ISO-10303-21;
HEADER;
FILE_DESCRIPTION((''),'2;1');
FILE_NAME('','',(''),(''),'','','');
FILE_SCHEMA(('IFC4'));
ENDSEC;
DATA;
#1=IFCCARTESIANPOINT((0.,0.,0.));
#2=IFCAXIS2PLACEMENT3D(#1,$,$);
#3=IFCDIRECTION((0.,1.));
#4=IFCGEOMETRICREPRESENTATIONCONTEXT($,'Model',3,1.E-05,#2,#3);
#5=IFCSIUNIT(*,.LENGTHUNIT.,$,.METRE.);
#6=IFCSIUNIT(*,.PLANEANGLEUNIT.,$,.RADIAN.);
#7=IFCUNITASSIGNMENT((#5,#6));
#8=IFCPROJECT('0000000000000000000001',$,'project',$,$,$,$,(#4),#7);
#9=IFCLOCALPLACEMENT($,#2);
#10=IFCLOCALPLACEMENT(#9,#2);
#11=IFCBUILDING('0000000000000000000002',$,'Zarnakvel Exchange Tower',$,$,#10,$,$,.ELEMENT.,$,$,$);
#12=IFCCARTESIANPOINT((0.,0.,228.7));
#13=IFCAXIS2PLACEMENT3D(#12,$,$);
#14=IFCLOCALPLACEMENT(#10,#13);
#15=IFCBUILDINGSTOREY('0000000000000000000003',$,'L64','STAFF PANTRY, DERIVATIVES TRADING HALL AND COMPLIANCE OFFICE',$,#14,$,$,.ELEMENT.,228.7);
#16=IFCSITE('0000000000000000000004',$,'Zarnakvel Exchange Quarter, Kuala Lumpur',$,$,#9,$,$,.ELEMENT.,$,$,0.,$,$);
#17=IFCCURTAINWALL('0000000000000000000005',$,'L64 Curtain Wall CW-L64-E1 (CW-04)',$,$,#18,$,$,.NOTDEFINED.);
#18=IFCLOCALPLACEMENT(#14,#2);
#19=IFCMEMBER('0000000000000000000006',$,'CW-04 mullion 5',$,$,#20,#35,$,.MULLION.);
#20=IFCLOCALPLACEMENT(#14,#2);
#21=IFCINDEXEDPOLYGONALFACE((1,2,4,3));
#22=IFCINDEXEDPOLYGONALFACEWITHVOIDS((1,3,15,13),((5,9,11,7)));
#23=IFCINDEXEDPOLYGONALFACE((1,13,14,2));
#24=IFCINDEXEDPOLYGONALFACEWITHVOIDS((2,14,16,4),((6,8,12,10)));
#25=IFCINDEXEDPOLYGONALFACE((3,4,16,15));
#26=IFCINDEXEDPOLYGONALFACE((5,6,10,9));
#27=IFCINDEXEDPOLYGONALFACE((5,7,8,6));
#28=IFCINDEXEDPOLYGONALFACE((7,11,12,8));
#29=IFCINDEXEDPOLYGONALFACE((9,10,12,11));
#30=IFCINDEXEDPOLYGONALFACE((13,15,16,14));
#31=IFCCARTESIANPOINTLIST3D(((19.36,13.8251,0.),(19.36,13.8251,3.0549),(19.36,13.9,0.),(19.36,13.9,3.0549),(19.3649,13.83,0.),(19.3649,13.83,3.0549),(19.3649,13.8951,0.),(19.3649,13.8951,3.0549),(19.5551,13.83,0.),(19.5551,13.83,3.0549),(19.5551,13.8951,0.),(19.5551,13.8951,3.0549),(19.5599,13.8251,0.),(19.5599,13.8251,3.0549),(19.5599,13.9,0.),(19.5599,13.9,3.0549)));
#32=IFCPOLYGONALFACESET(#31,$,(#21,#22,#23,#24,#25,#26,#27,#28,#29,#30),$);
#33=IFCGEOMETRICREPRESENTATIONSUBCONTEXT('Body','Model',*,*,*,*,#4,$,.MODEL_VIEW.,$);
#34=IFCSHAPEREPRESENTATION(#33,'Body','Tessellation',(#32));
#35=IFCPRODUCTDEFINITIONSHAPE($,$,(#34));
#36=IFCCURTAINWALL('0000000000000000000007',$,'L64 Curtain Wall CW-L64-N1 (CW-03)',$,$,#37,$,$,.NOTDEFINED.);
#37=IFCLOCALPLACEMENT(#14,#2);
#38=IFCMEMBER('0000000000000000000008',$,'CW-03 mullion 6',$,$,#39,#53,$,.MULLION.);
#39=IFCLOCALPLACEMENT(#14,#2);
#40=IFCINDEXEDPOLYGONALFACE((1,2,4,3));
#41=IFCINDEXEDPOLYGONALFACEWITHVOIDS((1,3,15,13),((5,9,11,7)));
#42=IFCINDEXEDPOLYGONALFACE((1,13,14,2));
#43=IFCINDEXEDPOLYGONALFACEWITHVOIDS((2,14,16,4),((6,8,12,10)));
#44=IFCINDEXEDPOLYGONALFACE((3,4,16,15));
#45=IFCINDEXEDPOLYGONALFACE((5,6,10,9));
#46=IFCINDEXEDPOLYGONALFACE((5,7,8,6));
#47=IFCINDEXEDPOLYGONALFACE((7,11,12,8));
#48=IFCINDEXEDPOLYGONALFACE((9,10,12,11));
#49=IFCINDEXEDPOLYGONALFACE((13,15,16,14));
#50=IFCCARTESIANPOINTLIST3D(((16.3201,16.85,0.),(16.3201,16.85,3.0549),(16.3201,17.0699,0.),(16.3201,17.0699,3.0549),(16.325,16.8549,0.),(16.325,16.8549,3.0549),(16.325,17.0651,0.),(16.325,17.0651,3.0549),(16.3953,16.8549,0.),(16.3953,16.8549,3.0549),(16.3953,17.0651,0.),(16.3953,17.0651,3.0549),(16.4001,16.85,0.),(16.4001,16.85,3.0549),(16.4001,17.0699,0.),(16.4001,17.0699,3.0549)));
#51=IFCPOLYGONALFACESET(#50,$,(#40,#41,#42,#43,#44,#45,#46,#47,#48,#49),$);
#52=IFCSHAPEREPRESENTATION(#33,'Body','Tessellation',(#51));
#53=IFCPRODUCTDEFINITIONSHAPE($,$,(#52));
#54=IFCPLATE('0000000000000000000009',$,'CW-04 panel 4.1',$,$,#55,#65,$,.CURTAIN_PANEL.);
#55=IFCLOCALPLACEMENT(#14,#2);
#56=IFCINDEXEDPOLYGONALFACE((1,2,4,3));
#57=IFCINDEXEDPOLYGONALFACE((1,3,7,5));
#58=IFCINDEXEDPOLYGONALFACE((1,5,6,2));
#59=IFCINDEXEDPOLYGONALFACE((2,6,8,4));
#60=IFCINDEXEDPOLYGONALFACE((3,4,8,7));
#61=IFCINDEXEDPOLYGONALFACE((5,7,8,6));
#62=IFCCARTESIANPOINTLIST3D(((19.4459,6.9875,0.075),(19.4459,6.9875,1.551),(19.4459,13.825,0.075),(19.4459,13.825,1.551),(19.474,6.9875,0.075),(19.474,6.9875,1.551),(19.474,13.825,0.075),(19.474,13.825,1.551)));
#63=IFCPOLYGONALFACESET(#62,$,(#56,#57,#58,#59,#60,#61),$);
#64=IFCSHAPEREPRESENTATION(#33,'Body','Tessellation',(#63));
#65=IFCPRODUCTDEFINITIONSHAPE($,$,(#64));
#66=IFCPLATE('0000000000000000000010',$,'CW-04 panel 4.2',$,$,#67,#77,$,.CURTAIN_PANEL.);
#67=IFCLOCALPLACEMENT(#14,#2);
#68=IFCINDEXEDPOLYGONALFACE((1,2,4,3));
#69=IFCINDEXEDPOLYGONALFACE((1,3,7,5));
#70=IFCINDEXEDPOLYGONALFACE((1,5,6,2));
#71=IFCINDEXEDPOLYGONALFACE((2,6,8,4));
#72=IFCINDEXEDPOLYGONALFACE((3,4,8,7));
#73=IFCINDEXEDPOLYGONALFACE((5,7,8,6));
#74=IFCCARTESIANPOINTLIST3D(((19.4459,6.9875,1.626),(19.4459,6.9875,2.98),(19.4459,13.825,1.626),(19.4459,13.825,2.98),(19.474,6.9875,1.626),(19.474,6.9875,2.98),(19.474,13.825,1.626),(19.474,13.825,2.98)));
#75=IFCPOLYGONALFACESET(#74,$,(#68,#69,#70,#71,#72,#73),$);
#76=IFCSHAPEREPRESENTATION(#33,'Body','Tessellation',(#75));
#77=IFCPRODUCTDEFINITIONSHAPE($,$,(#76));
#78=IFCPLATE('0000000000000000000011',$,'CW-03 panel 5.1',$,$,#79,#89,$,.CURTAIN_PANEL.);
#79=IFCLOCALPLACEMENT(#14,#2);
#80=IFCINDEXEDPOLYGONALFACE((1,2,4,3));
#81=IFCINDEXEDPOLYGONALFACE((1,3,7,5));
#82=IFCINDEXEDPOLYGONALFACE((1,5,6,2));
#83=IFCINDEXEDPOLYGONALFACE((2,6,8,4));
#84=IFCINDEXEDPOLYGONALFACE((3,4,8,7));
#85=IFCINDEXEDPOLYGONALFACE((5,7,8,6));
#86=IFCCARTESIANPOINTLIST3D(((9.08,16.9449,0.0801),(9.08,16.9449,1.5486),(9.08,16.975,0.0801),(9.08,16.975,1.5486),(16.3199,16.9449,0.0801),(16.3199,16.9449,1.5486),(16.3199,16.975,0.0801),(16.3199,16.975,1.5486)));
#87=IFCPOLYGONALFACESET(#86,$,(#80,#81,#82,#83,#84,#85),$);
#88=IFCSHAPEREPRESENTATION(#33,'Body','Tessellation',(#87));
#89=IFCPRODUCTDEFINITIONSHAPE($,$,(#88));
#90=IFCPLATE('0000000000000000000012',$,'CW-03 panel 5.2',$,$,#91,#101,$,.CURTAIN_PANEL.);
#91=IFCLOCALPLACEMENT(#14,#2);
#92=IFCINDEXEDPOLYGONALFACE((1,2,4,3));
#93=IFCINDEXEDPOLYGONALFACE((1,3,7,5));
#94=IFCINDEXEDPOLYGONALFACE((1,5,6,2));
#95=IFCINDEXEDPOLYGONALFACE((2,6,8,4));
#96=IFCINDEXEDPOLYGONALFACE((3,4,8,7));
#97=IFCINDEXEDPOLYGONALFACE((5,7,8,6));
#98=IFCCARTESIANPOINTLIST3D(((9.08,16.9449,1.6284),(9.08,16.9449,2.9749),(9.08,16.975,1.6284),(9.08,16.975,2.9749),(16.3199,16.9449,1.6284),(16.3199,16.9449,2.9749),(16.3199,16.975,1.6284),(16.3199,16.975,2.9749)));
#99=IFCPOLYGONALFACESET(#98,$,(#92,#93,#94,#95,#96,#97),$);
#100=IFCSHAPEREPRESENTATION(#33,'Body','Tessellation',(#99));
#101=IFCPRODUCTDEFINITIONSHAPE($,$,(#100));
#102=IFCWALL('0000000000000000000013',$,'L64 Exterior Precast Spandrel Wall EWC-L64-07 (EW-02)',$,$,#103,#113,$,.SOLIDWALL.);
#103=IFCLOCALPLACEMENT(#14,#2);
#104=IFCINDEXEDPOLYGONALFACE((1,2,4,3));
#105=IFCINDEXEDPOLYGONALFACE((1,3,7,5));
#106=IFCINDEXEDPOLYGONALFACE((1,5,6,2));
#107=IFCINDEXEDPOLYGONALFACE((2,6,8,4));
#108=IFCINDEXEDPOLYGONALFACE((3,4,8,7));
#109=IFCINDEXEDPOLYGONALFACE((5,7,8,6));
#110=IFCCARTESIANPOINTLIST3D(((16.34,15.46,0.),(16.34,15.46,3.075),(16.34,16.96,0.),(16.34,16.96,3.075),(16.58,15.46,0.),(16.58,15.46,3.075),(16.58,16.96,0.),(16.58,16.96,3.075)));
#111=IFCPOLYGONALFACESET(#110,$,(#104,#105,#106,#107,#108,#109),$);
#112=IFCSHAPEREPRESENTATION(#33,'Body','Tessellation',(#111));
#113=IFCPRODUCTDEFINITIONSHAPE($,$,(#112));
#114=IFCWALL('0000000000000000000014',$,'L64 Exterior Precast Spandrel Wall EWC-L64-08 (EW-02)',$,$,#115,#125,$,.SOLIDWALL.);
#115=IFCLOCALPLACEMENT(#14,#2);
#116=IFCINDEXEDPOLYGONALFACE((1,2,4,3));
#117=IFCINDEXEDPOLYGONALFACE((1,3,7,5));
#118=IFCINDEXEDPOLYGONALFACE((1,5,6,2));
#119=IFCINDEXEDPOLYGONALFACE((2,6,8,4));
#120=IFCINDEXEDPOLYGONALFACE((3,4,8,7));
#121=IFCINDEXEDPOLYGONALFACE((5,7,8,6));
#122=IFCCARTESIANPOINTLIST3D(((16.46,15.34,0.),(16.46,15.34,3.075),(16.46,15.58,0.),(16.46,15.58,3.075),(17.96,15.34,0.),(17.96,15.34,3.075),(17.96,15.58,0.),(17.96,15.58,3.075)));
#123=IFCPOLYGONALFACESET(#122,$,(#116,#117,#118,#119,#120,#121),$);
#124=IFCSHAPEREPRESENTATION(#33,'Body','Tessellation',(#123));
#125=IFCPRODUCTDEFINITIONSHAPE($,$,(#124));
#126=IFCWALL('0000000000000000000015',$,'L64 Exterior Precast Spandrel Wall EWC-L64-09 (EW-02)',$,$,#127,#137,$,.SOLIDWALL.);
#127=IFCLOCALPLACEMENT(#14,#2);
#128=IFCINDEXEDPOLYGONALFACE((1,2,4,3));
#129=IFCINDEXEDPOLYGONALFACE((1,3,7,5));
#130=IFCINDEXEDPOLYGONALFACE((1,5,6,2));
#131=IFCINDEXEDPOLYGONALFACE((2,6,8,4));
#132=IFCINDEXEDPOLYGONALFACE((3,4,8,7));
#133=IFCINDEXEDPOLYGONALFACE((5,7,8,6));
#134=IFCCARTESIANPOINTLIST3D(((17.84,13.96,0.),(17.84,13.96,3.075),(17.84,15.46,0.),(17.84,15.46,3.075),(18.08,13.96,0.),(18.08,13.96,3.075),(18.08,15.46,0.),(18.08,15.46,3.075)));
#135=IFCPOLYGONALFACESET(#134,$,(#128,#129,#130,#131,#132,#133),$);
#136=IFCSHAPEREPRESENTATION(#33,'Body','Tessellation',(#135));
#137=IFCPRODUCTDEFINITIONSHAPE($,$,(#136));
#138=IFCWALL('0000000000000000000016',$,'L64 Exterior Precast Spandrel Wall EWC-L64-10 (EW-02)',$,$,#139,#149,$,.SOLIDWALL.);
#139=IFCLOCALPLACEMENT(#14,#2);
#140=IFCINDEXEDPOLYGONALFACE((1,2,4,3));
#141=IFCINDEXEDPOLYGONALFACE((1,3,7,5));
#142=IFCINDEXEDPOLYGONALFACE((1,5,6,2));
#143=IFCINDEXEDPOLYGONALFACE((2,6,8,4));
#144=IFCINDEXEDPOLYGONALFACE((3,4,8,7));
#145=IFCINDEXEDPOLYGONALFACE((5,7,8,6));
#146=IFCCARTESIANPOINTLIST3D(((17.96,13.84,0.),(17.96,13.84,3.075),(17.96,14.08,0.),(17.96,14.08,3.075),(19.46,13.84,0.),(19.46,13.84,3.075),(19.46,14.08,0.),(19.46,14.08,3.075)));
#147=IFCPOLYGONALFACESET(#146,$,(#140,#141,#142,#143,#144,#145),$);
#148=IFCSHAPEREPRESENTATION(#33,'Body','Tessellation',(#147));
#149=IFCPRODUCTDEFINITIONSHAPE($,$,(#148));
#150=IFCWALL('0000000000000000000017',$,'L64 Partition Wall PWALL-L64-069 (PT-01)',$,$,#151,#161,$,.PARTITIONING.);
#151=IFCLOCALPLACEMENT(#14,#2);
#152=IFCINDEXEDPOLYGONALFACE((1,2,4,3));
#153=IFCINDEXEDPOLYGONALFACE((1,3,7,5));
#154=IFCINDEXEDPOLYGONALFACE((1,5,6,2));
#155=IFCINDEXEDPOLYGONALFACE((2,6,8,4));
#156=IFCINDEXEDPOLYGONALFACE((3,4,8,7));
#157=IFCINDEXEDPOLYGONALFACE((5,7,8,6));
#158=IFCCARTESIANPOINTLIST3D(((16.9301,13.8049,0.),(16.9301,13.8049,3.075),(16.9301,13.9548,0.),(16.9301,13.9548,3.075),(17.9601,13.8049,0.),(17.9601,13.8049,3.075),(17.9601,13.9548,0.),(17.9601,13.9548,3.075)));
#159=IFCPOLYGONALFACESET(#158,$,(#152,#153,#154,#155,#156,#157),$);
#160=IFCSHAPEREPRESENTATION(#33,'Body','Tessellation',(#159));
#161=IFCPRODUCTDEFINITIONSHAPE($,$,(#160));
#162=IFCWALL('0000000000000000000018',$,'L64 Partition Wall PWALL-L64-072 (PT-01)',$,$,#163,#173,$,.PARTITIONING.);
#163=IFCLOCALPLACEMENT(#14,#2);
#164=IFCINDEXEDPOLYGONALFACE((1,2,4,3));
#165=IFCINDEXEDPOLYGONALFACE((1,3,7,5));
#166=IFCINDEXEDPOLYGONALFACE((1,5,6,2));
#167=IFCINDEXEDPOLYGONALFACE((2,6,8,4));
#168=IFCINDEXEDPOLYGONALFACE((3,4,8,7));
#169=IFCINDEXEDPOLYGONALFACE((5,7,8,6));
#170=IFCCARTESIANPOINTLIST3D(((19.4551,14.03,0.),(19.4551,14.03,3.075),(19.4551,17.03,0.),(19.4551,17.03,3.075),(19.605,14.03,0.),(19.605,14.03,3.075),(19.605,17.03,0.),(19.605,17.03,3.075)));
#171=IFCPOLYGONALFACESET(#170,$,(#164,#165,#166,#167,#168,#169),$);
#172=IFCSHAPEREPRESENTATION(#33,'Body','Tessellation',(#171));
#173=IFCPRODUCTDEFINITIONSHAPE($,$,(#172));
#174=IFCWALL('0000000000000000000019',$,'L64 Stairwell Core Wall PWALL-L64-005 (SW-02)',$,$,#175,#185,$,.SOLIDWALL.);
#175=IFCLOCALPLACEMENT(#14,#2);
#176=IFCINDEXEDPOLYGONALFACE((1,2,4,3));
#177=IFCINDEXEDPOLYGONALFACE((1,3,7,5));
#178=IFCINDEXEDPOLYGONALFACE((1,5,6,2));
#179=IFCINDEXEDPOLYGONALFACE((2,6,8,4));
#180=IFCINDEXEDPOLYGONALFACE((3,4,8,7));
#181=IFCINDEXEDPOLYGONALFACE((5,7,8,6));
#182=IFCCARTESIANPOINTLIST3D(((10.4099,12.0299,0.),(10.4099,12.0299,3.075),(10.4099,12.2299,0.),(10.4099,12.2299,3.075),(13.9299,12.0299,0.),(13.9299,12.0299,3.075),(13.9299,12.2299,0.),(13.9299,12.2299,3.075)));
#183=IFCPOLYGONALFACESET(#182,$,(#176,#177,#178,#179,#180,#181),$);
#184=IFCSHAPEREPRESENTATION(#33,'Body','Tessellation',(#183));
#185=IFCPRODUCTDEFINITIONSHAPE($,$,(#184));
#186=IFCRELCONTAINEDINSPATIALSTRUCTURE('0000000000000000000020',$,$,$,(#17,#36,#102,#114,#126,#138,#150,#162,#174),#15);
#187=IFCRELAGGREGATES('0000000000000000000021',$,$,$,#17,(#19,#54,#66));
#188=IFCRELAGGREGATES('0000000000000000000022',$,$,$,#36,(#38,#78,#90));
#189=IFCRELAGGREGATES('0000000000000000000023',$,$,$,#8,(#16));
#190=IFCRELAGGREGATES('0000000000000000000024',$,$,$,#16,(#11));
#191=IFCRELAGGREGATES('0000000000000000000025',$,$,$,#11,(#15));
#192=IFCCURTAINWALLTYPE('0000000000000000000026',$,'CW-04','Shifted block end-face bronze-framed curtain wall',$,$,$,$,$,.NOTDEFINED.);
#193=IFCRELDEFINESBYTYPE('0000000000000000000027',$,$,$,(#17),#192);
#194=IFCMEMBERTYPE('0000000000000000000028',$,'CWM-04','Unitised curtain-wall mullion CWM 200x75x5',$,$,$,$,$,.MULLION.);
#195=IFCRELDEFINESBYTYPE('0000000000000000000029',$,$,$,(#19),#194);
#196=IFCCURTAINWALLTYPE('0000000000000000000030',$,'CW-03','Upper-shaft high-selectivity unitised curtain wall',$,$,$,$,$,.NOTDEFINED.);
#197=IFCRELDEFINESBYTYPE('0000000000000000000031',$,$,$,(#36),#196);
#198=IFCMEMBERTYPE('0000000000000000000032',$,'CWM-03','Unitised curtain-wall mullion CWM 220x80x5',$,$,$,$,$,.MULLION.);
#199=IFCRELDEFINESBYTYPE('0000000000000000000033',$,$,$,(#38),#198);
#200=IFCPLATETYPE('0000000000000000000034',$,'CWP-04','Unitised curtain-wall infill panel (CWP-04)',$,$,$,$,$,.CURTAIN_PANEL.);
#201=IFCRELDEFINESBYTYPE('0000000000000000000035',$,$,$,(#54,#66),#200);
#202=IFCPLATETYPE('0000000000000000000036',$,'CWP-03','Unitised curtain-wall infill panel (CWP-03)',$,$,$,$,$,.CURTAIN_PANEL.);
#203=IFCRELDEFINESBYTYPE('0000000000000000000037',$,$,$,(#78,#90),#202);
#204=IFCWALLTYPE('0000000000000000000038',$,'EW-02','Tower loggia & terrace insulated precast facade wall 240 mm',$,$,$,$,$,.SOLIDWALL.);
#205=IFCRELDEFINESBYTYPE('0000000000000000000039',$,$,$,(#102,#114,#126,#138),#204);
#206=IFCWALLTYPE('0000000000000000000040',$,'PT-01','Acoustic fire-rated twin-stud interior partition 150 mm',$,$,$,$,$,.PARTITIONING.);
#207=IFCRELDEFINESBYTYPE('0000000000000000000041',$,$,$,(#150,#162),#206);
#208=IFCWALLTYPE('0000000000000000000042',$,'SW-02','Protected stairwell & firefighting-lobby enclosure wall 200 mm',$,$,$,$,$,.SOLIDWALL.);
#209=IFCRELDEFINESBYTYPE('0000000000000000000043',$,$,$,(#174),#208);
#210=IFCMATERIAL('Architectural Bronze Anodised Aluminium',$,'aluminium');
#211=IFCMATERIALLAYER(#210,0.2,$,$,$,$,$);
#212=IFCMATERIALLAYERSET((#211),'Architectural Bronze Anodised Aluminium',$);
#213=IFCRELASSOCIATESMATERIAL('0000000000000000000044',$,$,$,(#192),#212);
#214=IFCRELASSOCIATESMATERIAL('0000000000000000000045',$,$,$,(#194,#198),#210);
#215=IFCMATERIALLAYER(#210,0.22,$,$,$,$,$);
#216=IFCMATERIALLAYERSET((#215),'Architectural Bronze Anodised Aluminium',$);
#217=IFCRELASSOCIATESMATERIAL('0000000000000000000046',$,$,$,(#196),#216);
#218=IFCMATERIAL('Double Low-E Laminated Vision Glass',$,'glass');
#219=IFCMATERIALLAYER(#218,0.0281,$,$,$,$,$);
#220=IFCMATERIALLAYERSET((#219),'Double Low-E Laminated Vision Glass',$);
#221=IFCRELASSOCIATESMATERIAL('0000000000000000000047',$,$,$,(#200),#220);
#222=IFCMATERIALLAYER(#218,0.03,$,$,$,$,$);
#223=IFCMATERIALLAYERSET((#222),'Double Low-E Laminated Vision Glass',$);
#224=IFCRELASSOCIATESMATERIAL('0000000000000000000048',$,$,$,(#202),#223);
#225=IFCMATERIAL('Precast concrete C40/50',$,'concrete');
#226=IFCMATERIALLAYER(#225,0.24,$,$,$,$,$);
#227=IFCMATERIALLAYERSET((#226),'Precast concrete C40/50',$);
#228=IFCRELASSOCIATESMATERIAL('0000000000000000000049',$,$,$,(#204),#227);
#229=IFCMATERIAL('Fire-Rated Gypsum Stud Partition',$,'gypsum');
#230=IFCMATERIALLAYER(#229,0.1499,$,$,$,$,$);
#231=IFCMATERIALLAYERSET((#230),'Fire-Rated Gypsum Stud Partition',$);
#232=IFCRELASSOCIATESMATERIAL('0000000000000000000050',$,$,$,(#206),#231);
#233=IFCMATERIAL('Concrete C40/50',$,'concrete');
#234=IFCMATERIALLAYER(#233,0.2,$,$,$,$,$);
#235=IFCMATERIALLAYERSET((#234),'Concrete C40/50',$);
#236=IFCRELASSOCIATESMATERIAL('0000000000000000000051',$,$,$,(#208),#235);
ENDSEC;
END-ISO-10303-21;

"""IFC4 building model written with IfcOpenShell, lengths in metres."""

from ifc_helpers import new_model, si_unit, direction, frame, frame_2d, origin, origin_2d, place, context, subcontext, project, spatial, rectangle, hollow_rectangle, extrude, source, transform, mapped, material, layer, layer_set, material_profile, profile_set, type_object, element, aggregate, save


model = new_model("IFC4")

# Units and contexts
model_context = context("Model", 3, precision=1e-05, world=origin(), true_north=direction((0.0, 1.0)))
body_context = subcontext(model_context, "Body", "Model", "MODEL_VIEW")
ifc_project = project(units=[si_unit("LENGTHUNIT", "METRE"), si_unit("PLANEANGLEUNIT", "RADIAN")], contexts=[model_context])

# Site, building, storey
site_placement = place(None, origin())
site = spatial("IfcSite", under=ifc_project, at=site_placement, Name="Zarnakvel Exchange Quarter, Kuala Lumpur", CompositionType="ELEMENT", RefElevation=0.0)
building_placement = place(site_placement, origin())
building = spatial("IfcBuilding", under=site, at=building_placement, Name="Zarnakvel Exchange Tower", CompositionType="ELEMENT")
storey_placement = place(building_placement, frame((0.0, 0.0, 228.7)))
storey = spatial("IfcBuildingStorey", under=building, at=storey_placement, Name="L64", Description="STAFF PANTRY, DERIVATIVES TRADING HALL AND COMPLIANCE OFFICE", CompositionType="ELEMENT", Elevation=228.7)

# Curtain walls, members
ifc_material_1 = material(Name="Architectural Bronze Anodised Aluminium", Category="aluminium")
ifc_layer_1 = layer(ifc_material_1, 0.2)
ifc_layer_set_1 = layer_set([ifc_layer_1], Name="Architectural Bronze Anodised Aluminium")
curtain_wall_type_1 = type_object("IfcCurtainWallType", Name="CW-04", Description="Shifted block end-face bronze-framed curtain wall", PredefinedType="NOTDEFINED", material=ifc_layer_set_1)
curtain_wall_1_placement = place(storey_placement, origin())
curtain_wall_1 = element("IfcCurtainWall", 1, at=curtain_wall_1_placement, inside=storey, type_object=curtain_wall_type_1, Name="L64 Curtain Wall CW-L64-E1 (CW-04)", PredefinedType="NOTDEFINED")
ifc_material_profile_1 = material_profile(ifc_material_1, hollow_rectangle(XDim=0.2, YDim=0.075, WallThickness=0.0049, at=origin_2d()))
ifc_profile_set_1 = profile_set([ifc_material_profile_1], Name="Architectural Bronze Anodised Aluminium")
member_type_1 = type_object("IfcMemberType", Name="CWM-04", Description="Unitised curtain-wall mullion CWM 200x75x5", PredefinedType="MULLION", material=ifc_profile_set_1)
shared_shape_1 = source(origin(), body_context, "Body", "SweptSolid", [
    extrude(hollow_rectangle(XDim=0.2, YDim=0.075, WallThickness=0.0049, at=origin_2d()), origin(), (0.0, 0.0, 1.0), 3.0549),
])
member_1_placement = place(storey_placement, frame((19.46, 13.8625, 0.0), z_axis=(0.0, 0.0, 1.0), x_axis=(-1.0, 0.0, 0.0)))
member_1 = element("IfcMember", 2, at=member_1_placement, type_object=member_type_1, Name="CW-04 mullion 5", PredefinedType="MULLION", context=body_context, shape_type="MappedRepresentation", body=[
    mapped(shared_shape_1, transform((0.0, 0.0, 0.0), x_axis=(1.0, 0.0, 0.0), y_axis=(0.0, 1.0, 0.0), z_axis=(0.0, 0.0, 1.0), scale=1.0)),
])
ifc_layer_2 = layer(ifc_material_1, 0.22)
ifc_layer_set_2 = layer_set([ifc_layer_2], Name="Architectural Bronze Anodised Aluminium")
curtain_wall_type_2 = type_object("IfcCurtainWallType", Name="CW-03", Description="Upper-shaft high-selectivity unitised curtain wall", PredefinedType="NOTDEFINED", material=ifc_layer_set_2)
curtain_wall_2_placement = place(storey_placement, origin())
curtain_wall_2 = element("IfcCurtainWall", 3, at=curtain_wall_2_placement, inside=storey, type_object=curtain_wall_type_2, Name="L64 Curtain Wall CW-L64-N1 (CW-03)", PredefinedType="NOTDEFINED")
ifc_material_profile_2 = material_profile(ifc_material_1, hollow_rectangle(XDim=0.22, YDim=0.0801, WallThickness=0.0049, at=origin_2d()))
ifc_profile_set_2 = profile_set([ifc_material_profile_2], Name="Architectural Bronze Anodised Aluminium")
member_type_2 = type_object("IfcMemberType", Name="CWM-03", Description="Unitised curtain-wall mullion CWM 220x80x5", PredefinedType="MULLION", material=ifc_profile_set_2)
shared_shape_2 = source(origin(), body_context, "Body", "SweptSolid", [
    extrude(hollow_rectangle(XDim=0.22, YDim=0.0801, WallThickness=0.0049, at=origin_2d()), origin(), (0.0, 0.0, 1.0), 3.0549),
])
member_2_placement = place(storey_placement, frame((16.3601, 16.96, 0.0), z_axis=(0.0, 0.0, 1.0), x_axis=(0.0, 1.0, 0.0)))
member_2 = element("IfcMember", 4, at=member_2_placement, type_object=member_type_2, Name="CW-03 mullion 6", PredefinedType="MULLION", context=body_context, shape_type="MappedRepresentation", body=[
    mapped(shared_shape_2, transform((0.0, 0.0, 0.0), x_axis=(1.0, 0.0, 0.0), y_axis=(0.0, 1.0, 0.0), z_axis=(0.0, 0.0, 1.0), scale=1.0)),
])

# Plates
ifc_material_2 = material(Name="Double Low-E Laminated Vision Glass", Category="glass")
ifc_layer_3 = layer(ifc_material_2, 0.0281)
ifc_layer_set_3 = layer_set([ifc_layer_3], Name="Double Low-E Laminated Vision Glass")
plate_type_1 = type_object("IfcPlateType", Name="CWP-04", Description="Unitised curtain-wall infill panel (CWP-04)", PredefinedType="CURTAIN_PANEL", material=ifc_layer_set_3)
shared_shape_3 = source(origin(), body_context, "Body", "SweptSolid", [
    extrude(rectangle(XDim=6.8374, YDim=0.0281, at=origin_2d()), origin(), (0.0, 0.0, 1.0), 1.4761),
])
plate_1_placement = place(storey_placement, frame((19.46, 10.4062, 0.075), z_axis=(0.0, 0.0, 1.0), x_axis=(0.0, 1.0, 0.0)))
plate_1 = element("IfcPlate", 5, at=plate_1_placement, type_object=plate_type_1, Name="CW-04 panel 4.1", PredefinedType="CURTAIN_PANEL", context=body_context, shape_type="MappedRepresentation", body=[
    mapped(shared_shape_3, transform((0.0, 0.0, 0.0), x_axis=(1.0, 0.0, 0.0), y_axis=(0.0, 1.0, 0.0), z_axis=(0.0, 0.0, 1.0), scale=1.0)),
])
shared_shape_4 = source(origin(), body_context, "Body", "SweptSolid", [
    extrude(rectangle(XDim=6.8374, YDim=0.0281, at=origin_2d()), origin(), (0.0, 0.0, 1.0), 1.354),
])
plate_2_placement = place(storey_placement, frame((19.46, 10.4062, 1.626), z_axis=(0.0, 0.0, 1.0), x_axis=(0.0, 1.0, 0.0)))
plate_2 = element("IfcPlate", 6, at=plate_2_placement, type_object=plate_type_1, Name="CW-04 panel 4.2", PredefinedType="CURTAIN_PANEL", context=body_context, shape_type="MappedRepresentation", body=[
    mapped(shared_shape_4, transform((0.0, 0.0, 0.0), x_axis=(1.0, 0.0, 0.0), y_axis=(0.0, 1.0, 0.0), z_axis=(0.0, 0.0, 1.0), scale=1.0)),
])
aggregate(curtain_wall_1, [member_1, plate_1, plate_2])
ifc_layer_4 = layer(ifc_material_2, 0.03)
ifc_layer_set_4 = layer_set([ifc_layer_4], Name="Double Low-E Laminated Vision Glass")
plate_type_2 = type_object("IfcPlateType", Name="CWP-03", Description="Unitised curtain-wall infill panel (CWP-03)", PredefinedType="CURTAIN_PANEL", material=ifc_layer_set_4)
shared_shape_5 = source(origin(), body_context, "Body", "SweptSolid", [
    extrude(rectangle(XDim=7.24, YDim=0.03, at=origin_2d()), origin(), (0.0, 0.0, 1.0), 1.4685),
])
plate_3_placement = place(storey_placement, frame((12.7, 16.96, 0.0801), z_axis=(0.0, 0.0, 1.0), x_axis=(1.0, 0.0, 0.0)))
plate_3 = element("IfcPlate", 7, at=plate_3_placement, type_object=plate_type_2, Name="CW-03 panel 5.1", PredefinedType="CURTAIN_PANEL", context=body_context, shape_type="MappedRepresentation", body=[
    mapped(shared_shape_5, transform((0.0, 0.0, 0.0), x_axis=(1.0, 0.0, 0.0), y_axis=(0.0, 1.0, 0.0), z_axis=(0.0, 0.0, 1.0), scale=1.0)),
])
shared_shape_6 = source(origin(), body_context, "Body", "SweptSolid", [
    extrude(rectangle(XDim=7.24, YDim=0.03, at=origin_2d()), origin(), (0.0, 0.0, 1.0), 1.3464),
])
plate_4_placement = place(storey_placement, frame((12.7, 16.96, 1.6284), z_axis=(0.0, 0.0, 1.0), x_axis=(1.0, 0.0, 0.0)))
plate_4 = element("IfcPlate", 8, at=plate_4_placement, type_object=plate_type_2, Name="CW-03 panel 5.2", PredefinedType="CURTAIN_PANEL", context=body_context, shape_type="MappedRepresentation", body=[
    mapped(shared_shape_6, transform((0.0, 0.0, 0.0), x_axis=(1.0, 0.0, 0.0), y_axis=(0.0, 1.0, 0.0), z_axis=(0.0, 0.0, 1.0), scale=1.0)),
])
aggregate(curtain_wall_2, [member_2, plate_3, plate_4])

# Walls
ifc_material_3 = material(Name="Precast concrete C40/50", Category="concrete")
ifc_layer_5 = layer(ifc_material_3, 0.24)
ifc_layer_set_5 = layer_set([ifc_layer_5], Name="Precast concrete C40/50")
wall_type_1 = type_object("IfcWallType", Name="EW-02", Description="Tower loggia & terrace insulated precast facade wall 240 mm", PredefinedType="SOLIDWALL", material=ifc_layer_set_5)
for number, where, z_axis, x_axis, name in (
    (9, (16.46, 15.46, 0.0), (0.0, 0.0, 1.0), (0.0, 1.0, 0.0), "L64 Exterior Precast Spandrel Wall EWC-L64-07 (EW-02)"),
    (10, (17.96, 15.46, 0.0), (0.0, 0.0, 1.0), (-1.0, 0.0, 0.0), "L64 Exterior Precast Spandrel Wall EWC-L64-08 (EW-02)"),
    (11, (17.96, 13.96, 0.0), (0.0, 0.0, 1.0), (0.0, 1.0, 0.0), "L64 Exterior Precast Spandrel Wall EWC-L64-09 (EW-02)"),
    (12, (19.46, 13.96, 0.0), (0.0, 0.0, 1.0), (-1.0, 0.0, 0.0), "L64 Exterior Precast Spandrel Wall EWC-L64-10 (EW-02)"),
):
    element("IfcWall", number, at=place(storey_placement, frame(where, z_axis=z_axis, x_axis=x_axis)), inside=storey, type_object=wall_type_1, Name=name, PredefinedType="SOLIDWALL", context=body_context, shape_type="SweptSolid", body=[
        extrude(rectangle(XDim=1.5, YDim=0.24, at=frame_2d((0.75, 0.0))), origin(), (0.0, 0.0, 1.0), 3.075),
    ])
ifc_material_4 = material(Name="Fire-Rated Gypsum Stud Partition", Category="gypsum")
ifc_layer_6 = layer(ifc_material_4, 0.1499)
ifc_layer_set_6 = layer_set([ifc_layer_6], Name="Fire-Rated Gypsum Stud Partition")
wall_type_2 = type_object("IfcWallType", Name="PT-01", Description="Acoustic fire-rated twin-stud interior partition 150 mm", PredefinedType="PARTITIONING", material=ifc_layer_set_6)
wall_1_placement = place(storey_placement, frame((16.9299, 13.8799, 0.0), z_axis=(0.0, 0.0, 1.0), x_axis=(1.0, 0.0, 0.0)))
element("IfcWall", 13, at=wall_1_placement, inside=storey, type_object=wall_type_2, Name="L64 Partition Wall PWALL-L64-069 (PT-01)", PredefinedType="PARTITIONING", context=body_context, shape_type="SweptSolid", body=[
    extrude(rectangle(XDim=1.03, YDim=0.1499, at=frame_2d((0.5151, 0.0))), origin(), (0.0, 0.0, 1.0), 3.075),
])
wall_2_placement = place(storey_placement, frame((19.53, 17.03, 0.0), z_axis=(0.0, 0.0, 1.0), x_axis=(0.0, -1.0, 0.0)))
element("IfcWall", 14, at=wall_2_placement, inside=storey, type_object=wall_type_2, Name="L64 Partition Wall PWALL-L64-072 (PT-01)", PredefinedType="PARTITIONING", context=body_context, shape_type="SweptSolid", body=[
    extrude(rectangle(XDim=3.0, YDim=0.1499, at=frame_2d((1.5, 0.0))), origin(), (0.0, 0.0, 1.0), 3.075),
])
ifc_material_5 = material(Name="Concrete C40/50", Category="concrete")
ifc_layer_7 = layer(ifc_material_5, 0.2)
ifc_layer_set_7 = layer_set([ifc_layer_7], Name="Concrete C40/50")
wall_type_3 = type_object("IfcWallType", Name="SW-02", Description="Protected stairwell & firefighting-lobby enclosure wall 200 mm", PredefinedType="SOLIDWALL", material=ifc_layer_set_7)
wall_3_placement = place(storey_placement, frame((10.4099, 12.1299, 0.0), z_axis=(0.0, 0.0, 1.0), x_axis=(1.0, 0.0, 0.0)))
element("IfcWall", 15, at=wall_3_placement, inside=storey, type_object=wall_type_3, Name="L64 Stairwell Core Wall PWALL-L64-005 (SW-02)", PredefinedType="SOLIDWALL", context=body_context, shape_type="SweptSolid", body=[
    extrude(rectangle(XDim=3.52, YDim=0.2, at=frame_2d((1.76, 0.0))), origin(), (0.0, 0.0, 1.0), 3.075),
])

save(model, "model.ifc")
